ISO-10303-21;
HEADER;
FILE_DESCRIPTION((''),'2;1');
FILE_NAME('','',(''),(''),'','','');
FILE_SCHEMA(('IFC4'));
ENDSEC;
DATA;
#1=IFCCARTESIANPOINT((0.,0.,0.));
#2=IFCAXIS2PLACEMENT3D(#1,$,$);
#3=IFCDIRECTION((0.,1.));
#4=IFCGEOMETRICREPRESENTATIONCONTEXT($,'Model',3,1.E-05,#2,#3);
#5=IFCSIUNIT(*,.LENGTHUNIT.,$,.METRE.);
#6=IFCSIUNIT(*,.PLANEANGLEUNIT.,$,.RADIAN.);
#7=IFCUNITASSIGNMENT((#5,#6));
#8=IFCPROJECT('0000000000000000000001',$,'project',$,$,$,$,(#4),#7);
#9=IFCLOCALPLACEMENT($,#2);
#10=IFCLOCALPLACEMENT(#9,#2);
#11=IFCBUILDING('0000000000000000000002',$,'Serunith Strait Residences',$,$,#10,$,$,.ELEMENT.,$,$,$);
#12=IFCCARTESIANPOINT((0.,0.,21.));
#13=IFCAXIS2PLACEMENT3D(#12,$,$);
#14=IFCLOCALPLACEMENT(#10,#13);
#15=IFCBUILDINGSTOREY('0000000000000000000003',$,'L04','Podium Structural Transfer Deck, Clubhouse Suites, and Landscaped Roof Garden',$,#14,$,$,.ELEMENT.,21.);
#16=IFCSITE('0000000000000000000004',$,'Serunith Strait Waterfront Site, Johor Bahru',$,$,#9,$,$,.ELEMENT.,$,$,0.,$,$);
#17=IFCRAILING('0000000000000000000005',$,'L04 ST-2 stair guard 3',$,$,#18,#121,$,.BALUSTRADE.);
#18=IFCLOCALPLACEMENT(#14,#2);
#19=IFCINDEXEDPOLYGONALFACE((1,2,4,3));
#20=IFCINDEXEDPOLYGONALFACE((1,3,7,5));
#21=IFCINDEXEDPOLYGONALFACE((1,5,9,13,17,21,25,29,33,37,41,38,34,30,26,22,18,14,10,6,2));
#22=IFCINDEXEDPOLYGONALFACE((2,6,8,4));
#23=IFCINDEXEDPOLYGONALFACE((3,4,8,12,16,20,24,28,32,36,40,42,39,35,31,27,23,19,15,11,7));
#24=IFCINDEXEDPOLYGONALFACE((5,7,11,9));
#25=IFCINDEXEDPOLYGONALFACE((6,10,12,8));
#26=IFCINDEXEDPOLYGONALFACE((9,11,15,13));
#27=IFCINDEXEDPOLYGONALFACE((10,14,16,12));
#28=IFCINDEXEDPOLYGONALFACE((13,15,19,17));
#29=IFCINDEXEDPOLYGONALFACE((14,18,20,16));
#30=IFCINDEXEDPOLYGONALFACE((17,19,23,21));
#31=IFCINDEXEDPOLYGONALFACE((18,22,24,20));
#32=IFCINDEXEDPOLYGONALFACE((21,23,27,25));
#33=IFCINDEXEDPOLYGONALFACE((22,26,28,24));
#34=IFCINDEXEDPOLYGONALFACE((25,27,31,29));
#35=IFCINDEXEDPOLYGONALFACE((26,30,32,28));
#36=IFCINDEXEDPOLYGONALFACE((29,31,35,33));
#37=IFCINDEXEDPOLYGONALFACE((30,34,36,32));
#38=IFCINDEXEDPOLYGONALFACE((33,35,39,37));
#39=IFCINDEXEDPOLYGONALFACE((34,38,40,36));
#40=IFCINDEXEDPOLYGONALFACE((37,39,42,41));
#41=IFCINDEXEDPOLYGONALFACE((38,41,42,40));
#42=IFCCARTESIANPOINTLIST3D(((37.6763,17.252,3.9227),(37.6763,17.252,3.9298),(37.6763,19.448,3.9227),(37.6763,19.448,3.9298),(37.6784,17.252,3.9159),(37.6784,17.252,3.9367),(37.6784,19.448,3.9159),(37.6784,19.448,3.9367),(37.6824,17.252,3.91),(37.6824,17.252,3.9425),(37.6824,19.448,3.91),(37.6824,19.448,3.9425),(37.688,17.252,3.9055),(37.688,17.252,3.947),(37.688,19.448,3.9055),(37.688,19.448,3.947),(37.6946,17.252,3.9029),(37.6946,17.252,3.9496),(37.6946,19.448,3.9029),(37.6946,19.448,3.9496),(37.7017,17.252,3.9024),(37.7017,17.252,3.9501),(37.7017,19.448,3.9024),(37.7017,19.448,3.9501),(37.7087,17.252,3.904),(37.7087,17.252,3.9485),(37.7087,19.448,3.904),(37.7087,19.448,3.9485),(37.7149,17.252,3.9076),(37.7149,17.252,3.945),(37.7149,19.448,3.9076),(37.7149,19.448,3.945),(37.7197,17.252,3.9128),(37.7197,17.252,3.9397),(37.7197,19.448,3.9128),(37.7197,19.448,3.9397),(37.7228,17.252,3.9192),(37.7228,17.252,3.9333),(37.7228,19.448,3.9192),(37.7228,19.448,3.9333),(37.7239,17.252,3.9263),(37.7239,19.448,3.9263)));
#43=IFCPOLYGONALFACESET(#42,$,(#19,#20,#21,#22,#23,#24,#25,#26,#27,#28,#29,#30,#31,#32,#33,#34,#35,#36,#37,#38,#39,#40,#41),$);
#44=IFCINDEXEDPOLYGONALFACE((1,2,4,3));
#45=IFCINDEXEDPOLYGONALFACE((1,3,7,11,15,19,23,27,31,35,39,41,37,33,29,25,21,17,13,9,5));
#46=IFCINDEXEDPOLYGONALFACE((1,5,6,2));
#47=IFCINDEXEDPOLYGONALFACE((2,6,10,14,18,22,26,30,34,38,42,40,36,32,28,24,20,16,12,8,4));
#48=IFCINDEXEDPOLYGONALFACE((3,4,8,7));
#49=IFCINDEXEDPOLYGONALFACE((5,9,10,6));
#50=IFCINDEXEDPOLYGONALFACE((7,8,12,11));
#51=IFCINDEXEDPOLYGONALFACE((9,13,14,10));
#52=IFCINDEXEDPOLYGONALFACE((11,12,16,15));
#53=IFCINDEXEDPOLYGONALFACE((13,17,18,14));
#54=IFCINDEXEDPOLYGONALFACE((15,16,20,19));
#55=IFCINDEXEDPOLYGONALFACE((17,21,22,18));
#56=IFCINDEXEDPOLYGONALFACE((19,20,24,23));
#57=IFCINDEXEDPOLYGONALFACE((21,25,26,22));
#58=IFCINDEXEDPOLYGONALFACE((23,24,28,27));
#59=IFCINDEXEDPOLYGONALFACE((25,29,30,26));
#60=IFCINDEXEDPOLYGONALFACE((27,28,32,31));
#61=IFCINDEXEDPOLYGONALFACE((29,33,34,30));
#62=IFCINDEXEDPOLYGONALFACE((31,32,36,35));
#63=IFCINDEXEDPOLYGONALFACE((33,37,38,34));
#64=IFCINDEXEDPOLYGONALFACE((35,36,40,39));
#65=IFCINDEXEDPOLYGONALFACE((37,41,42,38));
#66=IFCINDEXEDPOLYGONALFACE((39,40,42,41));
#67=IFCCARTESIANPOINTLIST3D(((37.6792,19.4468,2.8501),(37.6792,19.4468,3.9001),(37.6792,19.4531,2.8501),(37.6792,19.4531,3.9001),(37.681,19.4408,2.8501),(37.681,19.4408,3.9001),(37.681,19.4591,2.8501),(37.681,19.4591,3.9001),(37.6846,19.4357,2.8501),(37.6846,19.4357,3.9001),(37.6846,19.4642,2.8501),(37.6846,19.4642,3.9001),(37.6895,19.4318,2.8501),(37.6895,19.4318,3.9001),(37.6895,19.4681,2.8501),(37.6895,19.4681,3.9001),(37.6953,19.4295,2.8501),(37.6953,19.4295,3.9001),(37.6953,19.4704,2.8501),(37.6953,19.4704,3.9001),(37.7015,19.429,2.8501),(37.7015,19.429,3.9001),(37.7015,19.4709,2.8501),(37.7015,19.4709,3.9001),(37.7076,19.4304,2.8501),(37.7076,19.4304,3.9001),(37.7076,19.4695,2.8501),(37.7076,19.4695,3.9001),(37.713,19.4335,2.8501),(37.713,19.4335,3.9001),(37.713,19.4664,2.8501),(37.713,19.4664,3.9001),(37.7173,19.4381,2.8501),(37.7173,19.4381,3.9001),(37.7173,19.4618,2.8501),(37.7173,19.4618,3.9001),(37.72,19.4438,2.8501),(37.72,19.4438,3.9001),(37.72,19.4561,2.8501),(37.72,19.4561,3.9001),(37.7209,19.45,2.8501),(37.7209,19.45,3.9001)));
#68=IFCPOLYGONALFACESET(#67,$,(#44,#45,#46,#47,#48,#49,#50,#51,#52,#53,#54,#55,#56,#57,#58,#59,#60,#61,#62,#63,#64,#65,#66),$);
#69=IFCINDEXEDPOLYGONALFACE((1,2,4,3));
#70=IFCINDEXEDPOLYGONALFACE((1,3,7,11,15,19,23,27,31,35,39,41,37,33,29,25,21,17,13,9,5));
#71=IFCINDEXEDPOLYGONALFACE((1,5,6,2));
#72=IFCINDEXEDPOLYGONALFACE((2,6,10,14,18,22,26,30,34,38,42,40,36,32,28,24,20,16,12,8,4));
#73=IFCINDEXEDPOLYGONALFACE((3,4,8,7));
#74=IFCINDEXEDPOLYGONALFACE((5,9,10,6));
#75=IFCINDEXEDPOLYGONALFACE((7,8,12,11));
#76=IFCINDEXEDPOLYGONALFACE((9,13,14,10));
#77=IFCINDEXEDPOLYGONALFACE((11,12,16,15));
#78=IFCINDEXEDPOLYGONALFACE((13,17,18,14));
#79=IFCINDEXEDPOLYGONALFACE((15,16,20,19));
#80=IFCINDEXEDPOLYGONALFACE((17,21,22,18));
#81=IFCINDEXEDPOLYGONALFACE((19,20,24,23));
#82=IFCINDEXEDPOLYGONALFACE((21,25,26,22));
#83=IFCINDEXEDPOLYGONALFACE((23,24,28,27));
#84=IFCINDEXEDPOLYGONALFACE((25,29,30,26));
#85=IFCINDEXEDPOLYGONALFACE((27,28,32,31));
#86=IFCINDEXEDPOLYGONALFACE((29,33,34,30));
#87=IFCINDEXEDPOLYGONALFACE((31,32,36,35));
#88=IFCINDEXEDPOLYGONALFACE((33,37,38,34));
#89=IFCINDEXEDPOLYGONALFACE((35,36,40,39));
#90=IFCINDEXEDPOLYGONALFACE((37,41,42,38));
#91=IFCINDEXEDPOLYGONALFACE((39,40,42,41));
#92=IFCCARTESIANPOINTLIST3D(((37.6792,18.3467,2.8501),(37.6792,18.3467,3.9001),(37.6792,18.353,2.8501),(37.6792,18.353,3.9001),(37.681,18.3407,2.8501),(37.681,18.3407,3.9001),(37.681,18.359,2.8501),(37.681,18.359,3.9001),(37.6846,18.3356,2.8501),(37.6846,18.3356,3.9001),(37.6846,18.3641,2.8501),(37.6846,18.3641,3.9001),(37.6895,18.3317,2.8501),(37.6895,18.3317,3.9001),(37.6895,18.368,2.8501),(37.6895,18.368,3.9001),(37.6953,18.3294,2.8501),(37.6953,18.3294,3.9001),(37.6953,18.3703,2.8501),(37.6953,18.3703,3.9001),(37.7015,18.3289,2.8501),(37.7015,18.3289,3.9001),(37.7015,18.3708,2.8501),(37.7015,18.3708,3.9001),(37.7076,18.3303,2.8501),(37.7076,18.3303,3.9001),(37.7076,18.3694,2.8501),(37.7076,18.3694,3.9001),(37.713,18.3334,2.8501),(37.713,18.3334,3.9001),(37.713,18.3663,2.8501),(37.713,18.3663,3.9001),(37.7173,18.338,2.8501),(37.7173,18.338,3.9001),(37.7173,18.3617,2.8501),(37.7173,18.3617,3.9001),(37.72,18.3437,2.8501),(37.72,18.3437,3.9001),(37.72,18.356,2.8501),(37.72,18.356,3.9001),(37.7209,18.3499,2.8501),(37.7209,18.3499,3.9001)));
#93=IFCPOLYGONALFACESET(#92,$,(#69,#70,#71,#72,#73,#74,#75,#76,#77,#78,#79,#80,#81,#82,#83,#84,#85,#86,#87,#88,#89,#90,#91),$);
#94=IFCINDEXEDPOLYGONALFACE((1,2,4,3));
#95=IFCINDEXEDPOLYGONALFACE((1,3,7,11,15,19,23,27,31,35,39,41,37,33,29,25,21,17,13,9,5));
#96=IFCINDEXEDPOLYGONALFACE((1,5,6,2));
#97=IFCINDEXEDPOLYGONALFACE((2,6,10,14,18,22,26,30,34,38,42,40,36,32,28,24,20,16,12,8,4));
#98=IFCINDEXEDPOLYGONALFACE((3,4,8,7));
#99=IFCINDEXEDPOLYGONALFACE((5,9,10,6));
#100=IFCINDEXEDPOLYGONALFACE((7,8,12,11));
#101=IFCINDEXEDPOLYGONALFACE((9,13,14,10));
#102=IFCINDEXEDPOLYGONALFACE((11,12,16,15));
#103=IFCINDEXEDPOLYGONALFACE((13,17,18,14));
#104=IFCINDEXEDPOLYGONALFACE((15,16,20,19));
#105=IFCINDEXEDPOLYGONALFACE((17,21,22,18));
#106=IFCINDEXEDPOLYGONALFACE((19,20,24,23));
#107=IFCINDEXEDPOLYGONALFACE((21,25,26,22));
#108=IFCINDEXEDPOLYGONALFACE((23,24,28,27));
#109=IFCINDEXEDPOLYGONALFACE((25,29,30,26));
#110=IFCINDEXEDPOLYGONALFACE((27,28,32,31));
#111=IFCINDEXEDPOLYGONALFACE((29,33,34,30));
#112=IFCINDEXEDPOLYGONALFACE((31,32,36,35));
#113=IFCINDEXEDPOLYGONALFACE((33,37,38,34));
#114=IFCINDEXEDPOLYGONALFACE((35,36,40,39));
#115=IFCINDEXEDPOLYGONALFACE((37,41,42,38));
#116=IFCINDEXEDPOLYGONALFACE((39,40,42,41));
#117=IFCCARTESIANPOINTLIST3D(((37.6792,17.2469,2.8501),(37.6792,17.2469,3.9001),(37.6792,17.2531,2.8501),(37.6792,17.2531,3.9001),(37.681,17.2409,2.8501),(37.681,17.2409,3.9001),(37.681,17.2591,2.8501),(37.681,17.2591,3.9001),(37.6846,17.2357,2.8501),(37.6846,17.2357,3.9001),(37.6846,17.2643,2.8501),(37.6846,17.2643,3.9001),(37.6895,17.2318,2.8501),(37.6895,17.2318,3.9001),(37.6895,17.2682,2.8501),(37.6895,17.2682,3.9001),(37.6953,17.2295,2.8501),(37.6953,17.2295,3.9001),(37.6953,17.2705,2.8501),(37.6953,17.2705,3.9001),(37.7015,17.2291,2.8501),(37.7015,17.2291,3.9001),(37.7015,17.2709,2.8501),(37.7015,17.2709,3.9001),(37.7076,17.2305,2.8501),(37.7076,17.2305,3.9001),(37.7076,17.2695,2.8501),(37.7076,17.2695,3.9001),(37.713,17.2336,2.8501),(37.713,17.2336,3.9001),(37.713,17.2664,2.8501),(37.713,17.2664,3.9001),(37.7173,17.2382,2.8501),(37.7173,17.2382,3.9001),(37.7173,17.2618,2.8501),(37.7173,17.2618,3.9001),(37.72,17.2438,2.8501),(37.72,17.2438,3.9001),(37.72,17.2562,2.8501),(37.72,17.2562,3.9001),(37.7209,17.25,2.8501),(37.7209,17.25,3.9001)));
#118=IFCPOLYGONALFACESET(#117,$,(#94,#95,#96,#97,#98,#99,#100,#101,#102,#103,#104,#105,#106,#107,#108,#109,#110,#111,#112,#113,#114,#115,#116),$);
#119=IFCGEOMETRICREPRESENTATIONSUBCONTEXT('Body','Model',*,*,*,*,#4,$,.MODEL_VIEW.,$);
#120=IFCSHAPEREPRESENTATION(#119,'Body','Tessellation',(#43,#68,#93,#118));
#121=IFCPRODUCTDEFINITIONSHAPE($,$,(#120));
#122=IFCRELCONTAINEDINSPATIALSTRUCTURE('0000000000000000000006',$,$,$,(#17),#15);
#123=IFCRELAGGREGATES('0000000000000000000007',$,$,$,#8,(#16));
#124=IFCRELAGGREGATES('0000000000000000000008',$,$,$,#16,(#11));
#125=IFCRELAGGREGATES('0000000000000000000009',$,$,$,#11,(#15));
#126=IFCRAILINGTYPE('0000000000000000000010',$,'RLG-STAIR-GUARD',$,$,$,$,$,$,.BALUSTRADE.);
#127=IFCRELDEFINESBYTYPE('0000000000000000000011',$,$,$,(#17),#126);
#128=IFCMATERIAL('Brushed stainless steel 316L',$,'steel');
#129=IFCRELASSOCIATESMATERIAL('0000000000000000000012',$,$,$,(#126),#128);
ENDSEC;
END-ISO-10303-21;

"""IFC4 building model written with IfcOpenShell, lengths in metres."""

from ifc_helpers import new_model, si_unit, direction, frame, origin, origin_2d, place, context, subcontext, project, spatial, circle, extrude, material, type_object, element, save


model = new_model("IFC4")

# Units and contexts
model_context = context("Model", 3, precision=1e-05, world=origin(), true_north=direction((0.0, 1.0)))
body_context = subcontext(model_context, "Body", "Model", "MODEL_VIEW")
ifc_project = project(units=[si_unit("LENGTHUNIT", "METRE"), si_unit("PLANEANGLEUNIT", "RADIAN")], contexts=[model_context])

# Site, building, storey
site_placement = place(None, origin())
site = spatial("IfcSite", under=ifc_project, at=site_placement, Name="Serunith Strait Waterfront Site, Johor Bahru", CompositionType="ELEMENT", RefElevation=0.0)
building_placement = place(site_placement, origin())
building = spatial("IfcBuilding", under=site, at=building_placement, Name="Serunith Strait Residences", CompositionType="ELEMENT")
storey_placement = place(building_placement, frame((0.0, 0.0, 21.0)))
storey = spatial("IfcBuildingStorey", under=building, at=storey_placement, Name="L04", Description="Podium Structural Transfer Deck, Clubhouse Suites, and Landscaped Roof Garden", CompositionType="ELEMENT", Elevation=21.0)

# Railing
ifc_material_1 = material(Name="Brushed stainless steel 316L", Category="steel")
railing_type_1 = type_object("IfcRailingType", Name="RLG-STAIR-GUARD", PredefinedType="BALUSTRADE", material=ifc_material_1)
railing_1_placement = place(storey_placement, frame((37.7, 19.45, 2.8501)))
element("IfcRailing", 1, at=railing_1_placement, inside=storey, type_object=railing_type_1, Name="L04 ST-2 stair guard 3", PredefinedType="BALUSTRADE", context=body_context, shape_type="SweptSolid", body=[
    extrude(circle(Radius=0.0239, at=origin_2d()), frame((0.0, -0.002, 1.0762), z_axis=(0.0, -1.0, 0.0), x_axis=(1.0, 0.0, 0.0)), (0.0, 0.0, 1.0), 2.196),
    extrude(circle(Radius=0.021, at=origin_2d()), origin(), (0.0, 0.0, 1.0), 1.05),
    extrude(circle(Radius=0.021, at=origin_2d()), frame((0.0, -1.1001, 0.0)), (0.0, 0.0, 1.0), 1.05),
    extrude(circle(Radius=0.021, at=origin_2d()), frame((0.0, -2.2, 0.0)), (0.0, 0.0, 1.0), 1.05),
])

save(model, "model.ifc")
